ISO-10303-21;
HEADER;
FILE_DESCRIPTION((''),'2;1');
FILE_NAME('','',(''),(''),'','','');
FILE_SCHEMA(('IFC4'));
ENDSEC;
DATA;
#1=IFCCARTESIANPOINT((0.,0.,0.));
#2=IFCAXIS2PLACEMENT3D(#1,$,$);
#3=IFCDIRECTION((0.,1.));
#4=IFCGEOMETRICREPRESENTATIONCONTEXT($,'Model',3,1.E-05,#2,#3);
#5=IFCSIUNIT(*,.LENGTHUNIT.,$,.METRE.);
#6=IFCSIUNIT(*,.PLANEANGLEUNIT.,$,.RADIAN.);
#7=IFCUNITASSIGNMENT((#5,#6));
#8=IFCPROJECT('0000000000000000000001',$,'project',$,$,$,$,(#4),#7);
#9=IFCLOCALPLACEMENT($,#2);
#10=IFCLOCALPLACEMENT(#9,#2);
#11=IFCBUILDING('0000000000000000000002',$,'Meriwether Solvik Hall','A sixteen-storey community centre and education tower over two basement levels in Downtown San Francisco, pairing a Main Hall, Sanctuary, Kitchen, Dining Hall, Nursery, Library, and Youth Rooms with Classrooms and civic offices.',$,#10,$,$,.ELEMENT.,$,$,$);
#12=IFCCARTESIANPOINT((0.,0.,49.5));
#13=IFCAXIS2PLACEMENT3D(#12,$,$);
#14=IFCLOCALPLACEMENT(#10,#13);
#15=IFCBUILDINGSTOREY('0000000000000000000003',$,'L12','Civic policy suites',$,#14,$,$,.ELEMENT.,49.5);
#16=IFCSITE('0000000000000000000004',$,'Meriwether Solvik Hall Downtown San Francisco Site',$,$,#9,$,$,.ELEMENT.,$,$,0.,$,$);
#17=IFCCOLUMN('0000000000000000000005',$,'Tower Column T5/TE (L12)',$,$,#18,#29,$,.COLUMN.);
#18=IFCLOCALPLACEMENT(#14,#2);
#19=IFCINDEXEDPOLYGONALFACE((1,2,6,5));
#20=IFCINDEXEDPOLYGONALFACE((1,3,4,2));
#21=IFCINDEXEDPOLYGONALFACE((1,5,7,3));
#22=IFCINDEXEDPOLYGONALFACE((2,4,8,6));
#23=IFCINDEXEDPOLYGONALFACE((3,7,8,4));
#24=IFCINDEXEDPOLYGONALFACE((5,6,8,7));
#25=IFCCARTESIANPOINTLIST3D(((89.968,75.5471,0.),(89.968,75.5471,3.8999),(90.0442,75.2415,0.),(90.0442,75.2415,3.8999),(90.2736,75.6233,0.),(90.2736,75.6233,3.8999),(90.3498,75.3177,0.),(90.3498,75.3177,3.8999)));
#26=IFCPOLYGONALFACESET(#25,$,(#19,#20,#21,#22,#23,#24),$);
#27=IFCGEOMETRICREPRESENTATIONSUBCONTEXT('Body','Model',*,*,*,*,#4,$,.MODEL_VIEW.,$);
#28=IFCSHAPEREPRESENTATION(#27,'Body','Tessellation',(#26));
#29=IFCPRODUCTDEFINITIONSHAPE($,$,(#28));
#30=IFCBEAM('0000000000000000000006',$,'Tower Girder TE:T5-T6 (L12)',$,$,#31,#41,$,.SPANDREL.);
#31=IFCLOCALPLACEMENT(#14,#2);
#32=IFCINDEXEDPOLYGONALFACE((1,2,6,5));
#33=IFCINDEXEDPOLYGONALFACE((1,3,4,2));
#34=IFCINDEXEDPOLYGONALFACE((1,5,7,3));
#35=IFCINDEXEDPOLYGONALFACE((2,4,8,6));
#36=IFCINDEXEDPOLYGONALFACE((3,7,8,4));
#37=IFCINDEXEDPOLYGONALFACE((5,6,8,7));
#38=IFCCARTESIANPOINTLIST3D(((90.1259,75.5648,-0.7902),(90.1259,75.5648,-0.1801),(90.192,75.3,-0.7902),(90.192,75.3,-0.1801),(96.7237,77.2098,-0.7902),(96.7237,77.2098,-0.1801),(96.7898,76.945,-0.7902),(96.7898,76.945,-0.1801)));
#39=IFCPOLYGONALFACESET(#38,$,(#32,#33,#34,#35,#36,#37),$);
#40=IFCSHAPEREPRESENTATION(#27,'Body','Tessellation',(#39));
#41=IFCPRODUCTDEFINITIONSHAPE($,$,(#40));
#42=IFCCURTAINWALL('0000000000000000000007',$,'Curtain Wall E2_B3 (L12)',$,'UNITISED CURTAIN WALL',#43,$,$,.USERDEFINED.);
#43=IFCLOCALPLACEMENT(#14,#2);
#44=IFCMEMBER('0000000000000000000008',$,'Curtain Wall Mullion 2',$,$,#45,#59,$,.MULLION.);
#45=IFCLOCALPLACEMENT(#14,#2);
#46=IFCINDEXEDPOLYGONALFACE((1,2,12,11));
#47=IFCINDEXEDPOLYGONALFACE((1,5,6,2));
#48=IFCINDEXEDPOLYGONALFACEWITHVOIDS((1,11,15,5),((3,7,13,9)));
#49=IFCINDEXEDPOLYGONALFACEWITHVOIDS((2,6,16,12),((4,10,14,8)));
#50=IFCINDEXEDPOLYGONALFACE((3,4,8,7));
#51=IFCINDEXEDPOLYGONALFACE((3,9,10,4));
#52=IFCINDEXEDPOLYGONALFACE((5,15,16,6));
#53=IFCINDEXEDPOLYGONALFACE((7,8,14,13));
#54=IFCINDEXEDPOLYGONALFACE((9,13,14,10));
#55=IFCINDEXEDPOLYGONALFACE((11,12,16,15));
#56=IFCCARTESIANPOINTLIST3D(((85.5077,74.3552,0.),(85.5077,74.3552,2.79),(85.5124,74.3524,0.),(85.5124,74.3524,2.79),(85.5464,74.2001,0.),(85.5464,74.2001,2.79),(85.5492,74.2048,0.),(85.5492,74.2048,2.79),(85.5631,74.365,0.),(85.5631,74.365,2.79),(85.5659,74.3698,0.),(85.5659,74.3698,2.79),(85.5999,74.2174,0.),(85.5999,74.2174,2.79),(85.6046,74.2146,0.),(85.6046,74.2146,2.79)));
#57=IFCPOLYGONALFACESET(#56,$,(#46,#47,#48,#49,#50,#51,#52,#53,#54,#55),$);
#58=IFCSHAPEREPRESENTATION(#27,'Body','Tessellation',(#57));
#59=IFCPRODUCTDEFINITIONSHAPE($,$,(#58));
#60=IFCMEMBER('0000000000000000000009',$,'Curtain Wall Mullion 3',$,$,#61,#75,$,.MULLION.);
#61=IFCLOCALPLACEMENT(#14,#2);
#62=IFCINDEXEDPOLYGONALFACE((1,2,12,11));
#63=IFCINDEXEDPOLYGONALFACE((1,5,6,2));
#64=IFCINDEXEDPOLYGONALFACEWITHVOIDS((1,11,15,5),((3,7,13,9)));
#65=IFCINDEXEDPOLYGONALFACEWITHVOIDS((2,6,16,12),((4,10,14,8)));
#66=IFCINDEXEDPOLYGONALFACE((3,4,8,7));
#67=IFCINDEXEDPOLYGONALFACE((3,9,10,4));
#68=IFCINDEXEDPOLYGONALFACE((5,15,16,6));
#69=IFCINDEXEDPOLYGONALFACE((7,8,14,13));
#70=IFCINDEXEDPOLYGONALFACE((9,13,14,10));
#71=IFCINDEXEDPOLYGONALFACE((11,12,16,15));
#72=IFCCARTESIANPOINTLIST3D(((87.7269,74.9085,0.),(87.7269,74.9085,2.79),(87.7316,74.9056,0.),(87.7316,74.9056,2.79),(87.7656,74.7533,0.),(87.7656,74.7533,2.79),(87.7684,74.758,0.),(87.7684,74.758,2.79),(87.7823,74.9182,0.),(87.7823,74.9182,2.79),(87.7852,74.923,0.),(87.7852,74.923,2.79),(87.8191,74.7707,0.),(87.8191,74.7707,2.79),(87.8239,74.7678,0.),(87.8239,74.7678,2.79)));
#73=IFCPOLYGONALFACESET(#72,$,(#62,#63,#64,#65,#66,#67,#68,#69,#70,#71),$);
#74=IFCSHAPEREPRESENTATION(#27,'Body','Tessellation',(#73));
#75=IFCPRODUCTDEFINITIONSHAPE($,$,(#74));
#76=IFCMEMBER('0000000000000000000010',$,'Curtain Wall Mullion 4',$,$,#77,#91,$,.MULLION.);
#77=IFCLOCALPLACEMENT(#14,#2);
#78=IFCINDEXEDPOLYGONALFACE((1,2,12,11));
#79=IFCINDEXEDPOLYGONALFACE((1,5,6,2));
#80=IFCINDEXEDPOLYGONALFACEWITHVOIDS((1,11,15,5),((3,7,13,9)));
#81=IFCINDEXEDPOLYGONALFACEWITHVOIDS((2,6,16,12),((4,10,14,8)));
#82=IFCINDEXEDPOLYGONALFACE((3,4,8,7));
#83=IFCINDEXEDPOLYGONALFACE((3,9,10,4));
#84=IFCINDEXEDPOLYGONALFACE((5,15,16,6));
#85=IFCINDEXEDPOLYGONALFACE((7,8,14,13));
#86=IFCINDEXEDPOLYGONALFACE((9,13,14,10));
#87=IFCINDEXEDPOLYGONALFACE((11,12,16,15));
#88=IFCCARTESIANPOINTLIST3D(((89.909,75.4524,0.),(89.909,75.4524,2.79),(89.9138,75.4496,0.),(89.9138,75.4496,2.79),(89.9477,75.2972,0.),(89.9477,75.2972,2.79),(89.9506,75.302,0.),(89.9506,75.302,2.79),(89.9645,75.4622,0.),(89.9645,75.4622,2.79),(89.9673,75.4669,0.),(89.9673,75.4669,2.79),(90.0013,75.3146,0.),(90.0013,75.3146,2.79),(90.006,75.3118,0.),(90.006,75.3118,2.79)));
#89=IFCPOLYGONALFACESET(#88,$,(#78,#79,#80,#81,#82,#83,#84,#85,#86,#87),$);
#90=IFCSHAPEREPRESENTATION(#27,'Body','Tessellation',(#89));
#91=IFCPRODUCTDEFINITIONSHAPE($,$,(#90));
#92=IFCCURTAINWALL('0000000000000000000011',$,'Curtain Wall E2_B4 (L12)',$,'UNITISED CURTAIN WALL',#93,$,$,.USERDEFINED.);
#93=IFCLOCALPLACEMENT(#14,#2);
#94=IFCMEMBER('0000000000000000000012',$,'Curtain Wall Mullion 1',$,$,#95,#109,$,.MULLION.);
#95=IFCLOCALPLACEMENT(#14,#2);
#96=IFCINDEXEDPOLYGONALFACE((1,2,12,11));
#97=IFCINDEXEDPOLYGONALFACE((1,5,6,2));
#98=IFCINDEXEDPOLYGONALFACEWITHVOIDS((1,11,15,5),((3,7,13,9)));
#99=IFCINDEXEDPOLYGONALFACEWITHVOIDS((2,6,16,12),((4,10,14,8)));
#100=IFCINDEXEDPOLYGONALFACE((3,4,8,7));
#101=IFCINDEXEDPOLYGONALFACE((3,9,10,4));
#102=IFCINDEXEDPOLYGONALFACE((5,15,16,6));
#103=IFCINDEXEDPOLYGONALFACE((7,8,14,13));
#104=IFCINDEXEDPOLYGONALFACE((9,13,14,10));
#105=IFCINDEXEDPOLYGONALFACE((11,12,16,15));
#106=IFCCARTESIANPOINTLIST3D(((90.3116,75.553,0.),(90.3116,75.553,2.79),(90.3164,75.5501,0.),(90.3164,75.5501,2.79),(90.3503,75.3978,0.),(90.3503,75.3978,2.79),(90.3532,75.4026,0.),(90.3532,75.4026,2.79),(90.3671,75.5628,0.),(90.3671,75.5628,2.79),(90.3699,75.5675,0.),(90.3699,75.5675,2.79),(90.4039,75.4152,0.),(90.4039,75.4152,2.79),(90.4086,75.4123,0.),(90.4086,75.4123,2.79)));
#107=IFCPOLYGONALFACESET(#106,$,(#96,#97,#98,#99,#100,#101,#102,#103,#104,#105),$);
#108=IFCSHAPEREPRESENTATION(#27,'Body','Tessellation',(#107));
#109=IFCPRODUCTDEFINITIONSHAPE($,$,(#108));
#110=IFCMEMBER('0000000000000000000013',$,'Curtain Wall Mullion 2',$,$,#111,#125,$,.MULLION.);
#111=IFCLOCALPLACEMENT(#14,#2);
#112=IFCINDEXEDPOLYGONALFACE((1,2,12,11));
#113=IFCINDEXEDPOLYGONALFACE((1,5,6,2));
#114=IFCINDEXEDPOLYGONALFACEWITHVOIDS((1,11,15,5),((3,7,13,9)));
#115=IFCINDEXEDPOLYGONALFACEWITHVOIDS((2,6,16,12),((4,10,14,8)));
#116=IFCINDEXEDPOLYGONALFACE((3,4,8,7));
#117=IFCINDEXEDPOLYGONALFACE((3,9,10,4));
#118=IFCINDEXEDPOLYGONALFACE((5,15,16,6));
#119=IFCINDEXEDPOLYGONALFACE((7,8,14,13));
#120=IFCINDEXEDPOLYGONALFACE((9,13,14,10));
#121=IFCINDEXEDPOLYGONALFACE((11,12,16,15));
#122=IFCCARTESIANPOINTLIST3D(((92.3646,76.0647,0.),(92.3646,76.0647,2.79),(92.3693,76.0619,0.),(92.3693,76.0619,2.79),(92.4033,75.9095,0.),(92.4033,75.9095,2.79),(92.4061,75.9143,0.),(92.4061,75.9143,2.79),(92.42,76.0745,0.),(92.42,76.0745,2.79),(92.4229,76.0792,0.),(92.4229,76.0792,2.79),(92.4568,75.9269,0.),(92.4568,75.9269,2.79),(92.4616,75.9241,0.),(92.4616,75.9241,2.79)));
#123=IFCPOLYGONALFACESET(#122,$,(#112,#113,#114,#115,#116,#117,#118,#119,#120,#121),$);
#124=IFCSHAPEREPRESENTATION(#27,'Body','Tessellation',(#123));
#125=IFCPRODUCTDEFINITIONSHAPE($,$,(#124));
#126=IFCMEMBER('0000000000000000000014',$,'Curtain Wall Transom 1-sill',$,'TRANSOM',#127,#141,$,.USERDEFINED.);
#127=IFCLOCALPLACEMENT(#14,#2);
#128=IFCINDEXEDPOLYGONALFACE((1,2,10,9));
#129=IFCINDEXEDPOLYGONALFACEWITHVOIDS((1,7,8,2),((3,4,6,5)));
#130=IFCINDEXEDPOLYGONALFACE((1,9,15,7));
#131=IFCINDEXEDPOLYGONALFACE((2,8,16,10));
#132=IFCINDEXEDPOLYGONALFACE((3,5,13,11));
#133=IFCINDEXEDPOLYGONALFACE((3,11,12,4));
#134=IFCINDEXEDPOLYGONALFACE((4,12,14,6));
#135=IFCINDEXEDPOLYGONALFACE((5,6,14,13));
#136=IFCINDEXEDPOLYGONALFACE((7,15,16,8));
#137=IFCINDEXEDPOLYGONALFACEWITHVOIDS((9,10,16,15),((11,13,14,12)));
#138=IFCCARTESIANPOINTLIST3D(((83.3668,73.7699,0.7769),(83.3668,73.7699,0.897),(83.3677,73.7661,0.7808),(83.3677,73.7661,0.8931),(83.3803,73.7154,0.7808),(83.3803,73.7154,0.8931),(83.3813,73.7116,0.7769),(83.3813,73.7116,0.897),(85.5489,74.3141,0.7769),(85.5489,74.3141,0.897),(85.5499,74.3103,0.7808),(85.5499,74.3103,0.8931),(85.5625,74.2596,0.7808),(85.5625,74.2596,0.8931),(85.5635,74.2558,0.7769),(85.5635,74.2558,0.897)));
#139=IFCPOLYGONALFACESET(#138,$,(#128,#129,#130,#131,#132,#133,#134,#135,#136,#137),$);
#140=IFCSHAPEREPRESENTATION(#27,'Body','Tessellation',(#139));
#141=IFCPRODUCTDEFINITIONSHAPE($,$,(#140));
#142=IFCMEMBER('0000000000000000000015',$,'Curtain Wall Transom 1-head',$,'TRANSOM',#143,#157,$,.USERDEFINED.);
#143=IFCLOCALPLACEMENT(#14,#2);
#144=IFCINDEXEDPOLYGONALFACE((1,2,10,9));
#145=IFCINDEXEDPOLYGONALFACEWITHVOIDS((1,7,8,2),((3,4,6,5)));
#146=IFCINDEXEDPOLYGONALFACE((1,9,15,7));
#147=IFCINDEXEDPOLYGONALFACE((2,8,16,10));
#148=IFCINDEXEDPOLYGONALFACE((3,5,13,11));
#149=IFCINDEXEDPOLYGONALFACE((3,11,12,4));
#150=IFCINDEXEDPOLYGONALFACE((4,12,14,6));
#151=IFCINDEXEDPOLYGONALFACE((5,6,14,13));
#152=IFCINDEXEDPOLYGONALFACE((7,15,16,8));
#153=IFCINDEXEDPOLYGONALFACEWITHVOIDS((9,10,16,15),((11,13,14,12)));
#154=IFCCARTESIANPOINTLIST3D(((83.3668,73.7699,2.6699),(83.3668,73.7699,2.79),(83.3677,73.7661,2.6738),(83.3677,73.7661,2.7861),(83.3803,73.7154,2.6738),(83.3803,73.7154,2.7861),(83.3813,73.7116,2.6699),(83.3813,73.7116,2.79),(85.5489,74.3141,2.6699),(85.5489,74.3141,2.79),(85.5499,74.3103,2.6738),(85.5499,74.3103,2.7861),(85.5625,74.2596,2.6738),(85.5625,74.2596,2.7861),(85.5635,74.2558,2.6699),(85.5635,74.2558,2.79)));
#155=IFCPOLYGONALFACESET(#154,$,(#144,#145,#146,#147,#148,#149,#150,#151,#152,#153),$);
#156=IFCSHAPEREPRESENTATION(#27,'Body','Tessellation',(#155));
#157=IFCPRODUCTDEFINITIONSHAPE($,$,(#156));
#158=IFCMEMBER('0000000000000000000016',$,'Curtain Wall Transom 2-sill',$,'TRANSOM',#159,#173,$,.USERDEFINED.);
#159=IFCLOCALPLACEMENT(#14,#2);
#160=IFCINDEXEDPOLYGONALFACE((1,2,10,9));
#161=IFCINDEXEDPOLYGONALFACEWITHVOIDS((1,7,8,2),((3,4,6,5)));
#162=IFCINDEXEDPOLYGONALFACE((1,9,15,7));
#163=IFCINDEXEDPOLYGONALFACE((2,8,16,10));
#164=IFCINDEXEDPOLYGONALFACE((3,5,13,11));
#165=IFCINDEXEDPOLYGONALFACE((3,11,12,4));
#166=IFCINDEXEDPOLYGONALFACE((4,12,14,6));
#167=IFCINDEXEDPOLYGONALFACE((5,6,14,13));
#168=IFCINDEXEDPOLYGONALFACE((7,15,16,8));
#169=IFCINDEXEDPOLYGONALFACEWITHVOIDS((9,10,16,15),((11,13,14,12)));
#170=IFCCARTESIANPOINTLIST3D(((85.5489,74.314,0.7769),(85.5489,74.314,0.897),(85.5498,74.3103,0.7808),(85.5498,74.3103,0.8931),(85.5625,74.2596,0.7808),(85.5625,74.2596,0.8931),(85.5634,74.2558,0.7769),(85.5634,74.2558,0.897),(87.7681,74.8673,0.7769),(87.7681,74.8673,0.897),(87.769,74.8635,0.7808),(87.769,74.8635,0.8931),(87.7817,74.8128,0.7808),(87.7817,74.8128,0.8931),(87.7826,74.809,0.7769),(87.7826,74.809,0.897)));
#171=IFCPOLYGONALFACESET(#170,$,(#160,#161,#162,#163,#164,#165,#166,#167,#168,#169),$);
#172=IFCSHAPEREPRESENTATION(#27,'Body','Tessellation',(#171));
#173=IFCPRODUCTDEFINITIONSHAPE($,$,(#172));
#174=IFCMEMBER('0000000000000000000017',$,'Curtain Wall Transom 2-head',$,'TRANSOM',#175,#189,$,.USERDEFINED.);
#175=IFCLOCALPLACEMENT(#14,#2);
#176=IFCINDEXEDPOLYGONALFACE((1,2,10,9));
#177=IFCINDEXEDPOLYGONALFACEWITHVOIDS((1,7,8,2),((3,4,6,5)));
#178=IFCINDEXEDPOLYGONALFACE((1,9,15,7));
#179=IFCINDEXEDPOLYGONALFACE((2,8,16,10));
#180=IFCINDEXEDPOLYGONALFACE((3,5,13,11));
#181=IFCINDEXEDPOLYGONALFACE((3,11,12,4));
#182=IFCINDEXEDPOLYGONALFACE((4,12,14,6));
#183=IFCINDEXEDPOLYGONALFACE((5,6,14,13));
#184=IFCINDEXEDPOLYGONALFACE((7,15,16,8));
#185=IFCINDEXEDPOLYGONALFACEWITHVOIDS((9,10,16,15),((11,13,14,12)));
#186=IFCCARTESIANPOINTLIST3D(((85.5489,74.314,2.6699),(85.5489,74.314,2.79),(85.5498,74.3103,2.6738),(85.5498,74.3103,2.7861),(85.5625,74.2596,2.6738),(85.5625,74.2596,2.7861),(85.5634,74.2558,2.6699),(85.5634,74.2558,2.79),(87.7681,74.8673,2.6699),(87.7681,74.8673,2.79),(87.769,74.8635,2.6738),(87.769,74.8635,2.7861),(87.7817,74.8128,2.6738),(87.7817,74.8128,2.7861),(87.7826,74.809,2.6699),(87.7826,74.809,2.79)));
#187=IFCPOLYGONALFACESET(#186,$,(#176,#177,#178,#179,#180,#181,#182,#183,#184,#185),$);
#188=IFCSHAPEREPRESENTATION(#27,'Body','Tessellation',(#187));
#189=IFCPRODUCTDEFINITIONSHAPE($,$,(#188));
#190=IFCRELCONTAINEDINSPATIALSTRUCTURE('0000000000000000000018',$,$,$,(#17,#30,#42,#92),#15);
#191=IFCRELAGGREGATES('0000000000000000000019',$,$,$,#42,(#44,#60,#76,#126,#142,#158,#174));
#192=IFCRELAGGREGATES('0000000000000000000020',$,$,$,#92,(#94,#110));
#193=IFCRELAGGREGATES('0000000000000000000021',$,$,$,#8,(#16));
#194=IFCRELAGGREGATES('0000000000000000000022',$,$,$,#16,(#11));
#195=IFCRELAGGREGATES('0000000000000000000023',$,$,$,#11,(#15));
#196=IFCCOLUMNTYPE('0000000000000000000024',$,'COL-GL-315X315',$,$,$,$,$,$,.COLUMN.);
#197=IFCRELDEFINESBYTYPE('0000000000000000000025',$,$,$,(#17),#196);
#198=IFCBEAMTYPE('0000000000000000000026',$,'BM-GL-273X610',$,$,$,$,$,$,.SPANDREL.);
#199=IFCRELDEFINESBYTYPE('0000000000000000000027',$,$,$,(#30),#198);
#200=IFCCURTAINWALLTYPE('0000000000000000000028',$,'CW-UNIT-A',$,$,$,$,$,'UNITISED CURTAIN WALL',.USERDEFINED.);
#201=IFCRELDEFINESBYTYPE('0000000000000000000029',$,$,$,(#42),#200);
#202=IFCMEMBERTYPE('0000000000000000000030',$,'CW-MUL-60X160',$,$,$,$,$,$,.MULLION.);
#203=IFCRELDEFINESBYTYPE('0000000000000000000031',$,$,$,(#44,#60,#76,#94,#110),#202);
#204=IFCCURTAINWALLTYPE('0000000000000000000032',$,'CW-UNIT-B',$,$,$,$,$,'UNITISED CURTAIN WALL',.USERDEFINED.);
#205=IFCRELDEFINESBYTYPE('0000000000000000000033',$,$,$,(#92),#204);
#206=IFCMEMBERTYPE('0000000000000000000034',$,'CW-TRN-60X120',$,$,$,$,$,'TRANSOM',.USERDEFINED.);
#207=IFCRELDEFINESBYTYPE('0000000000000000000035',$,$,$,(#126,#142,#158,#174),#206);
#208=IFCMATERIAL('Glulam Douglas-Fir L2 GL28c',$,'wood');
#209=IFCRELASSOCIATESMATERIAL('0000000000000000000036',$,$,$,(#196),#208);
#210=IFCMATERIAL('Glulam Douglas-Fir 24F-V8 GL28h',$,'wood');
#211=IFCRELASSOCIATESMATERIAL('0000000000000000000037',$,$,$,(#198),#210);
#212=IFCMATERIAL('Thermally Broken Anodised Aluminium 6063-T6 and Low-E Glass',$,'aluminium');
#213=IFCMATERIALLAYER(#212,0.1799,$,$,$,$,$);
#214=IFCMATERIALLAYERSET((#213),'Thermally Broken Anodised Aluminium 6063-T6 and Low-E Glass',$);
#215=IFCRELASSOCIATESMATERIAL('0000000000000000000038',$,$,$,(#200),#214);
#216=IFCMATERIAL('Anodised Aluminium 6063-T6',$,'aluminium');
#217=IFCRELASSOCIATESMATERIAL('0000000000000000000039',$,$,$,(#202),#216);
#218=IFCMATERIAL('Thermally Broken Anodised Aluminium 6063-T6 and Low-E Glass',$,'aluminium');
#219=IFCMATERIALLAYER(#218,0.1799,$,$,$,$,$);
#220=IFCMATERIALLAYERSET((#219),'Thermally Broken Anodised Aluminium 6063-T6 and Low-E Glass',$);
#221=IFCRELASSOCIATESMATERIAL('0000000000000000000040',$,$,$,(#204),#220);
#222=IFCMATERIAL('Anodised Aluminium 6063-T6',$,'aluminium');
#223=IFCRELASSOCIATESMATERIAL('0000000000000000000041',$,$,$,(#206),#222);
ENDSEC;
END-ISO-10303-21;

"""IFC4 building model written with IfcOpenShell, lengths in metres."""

from ifc_helpers import new_model, si_unit, direction, frame, origin, origin_2d, place, context, subcontext, project, spatial, rectangle, hollow_rectangle, extrude, material, layer, layer_set, material_profile, profile_set, type_object, element, aggregate, save


model = new_model("IFC4")

# Units and contexts
model_context = context("Model", 3, precision=1e-05, world=origin(), true_north=direction((0.0, 1.0)))
body_context = subcontext(model_context, "Body", "Model", "MODEL_VIEW")
ifc_project = project(units=[si_unit("LENGTHUNIT", "METRE"), si_unit("PLANEANGLEUNIT", "RADIAN")], contexts=[model_context])

# Site, building, storey
site_placement = place(None, origin())
site = spatial("IfcSite", under=ifc_project, at=site_placement, Name="Meriwether Solvik Hall Downtown San Francisco Site", CompositionType="ELEMENT", RefElevation=0.0)
building_placement = place(site_placement, origin())
building = spatial("IfcBuilding", under=site, at=building_placement, Name="Meriwether Solvik Hall", Description="A sixteen-storey community centre and education tower over two basement levels in Downtown San Francisco, pairing a Main Hall, Sanctuary, Kitchen, Dining Hall, Nursery, Library, and Youth Rooms with Classrooms and civic offices.", CompositionType="ELEMENT")
storey_placement = place(building_placement, frame((0.0, 0.0, 49.5)))
storey = spatial("IfcBuildingStorey", under=building, at=storey_placement, Name="L12", Description="Civic policy suites", CompositionType="ELEMENT", Elevation=49.5)

# Column
ifc_material_1 = material(Name="Glulam Douglas-Fir L2 GL28c", Category="wood")
ifc_material_profile_1 = material_profile(ifc_material_1, rectangle(XDim=0.3149, YDim=0.3149, at=origin_2d()), Name="GLC-315X315")
ifc_profile_set_1 = profile_set([ifc_material_profile_1], Name="Glulam Douglas-Fir L2 GL28c")
column_type = type_object("IfcColumnType", Name="COL-GL-315X315", PredefinedType="COLUMN", material=ifc_profile_set_1)
column_placement = place(storey_placement, frame((90.1589, 75.4324, 0.0), z_axis=(0.0, 0.0, 1.0), x_axis=(0.970296, 0.241922, 0.0)))
element("IfcColumn", 1, at=column_placement, inside=storey, type_object=column_type, Name="Tower Column T5/TE (L12)", PredefinedType="COLUMN", context=body_context, shape_type="SweptSolid", body=[
    extrude(rectangle(XDim=0.3149, YDim=0.3149, at=origin_2d()), origin(), (0.0, 0.0, 1.0), 3.8999),
])

# Beam
ifc_material_2 = material(Name="Glulam Douglas-Fir 24F-V8 GL28h", Category="wood")
ifc_material_profile_2 = material_profile(ifc_material_2, rectangle(XDim=0.2729, YDim=0.6101, at=origin_2d()), Name="GLB-273X610")
ifc_profile_set_2 = profile_set([ifc_material_profile_2], Name="Glulam Douglas-Fir 24F-V8 GL28h")
beam_type_1 = type_object("IfcBeamType", Name="BM-GL-273X610", PredefinedType="SPANDREL", material=ifc_profile_set_2)
beam_1_placement = place(storey_placement, frame((90.1589, 75.4324, -0.4851), z_axis=(0.970296, 0.241919, 0.0), x_axis=(-0.241919, 0.970296, 0.0)))
element("IfcBeam", 2, at=beam_1_placement, inside=storey, type_object=beam_type_1, Name="Tower Girder TE:T5-T6 (L12)", PredefinedType="SPANDREL", context=body_context, shape_type="SweptSolid", body=[
    extrude(rectangle(XDim=0.2729, YDim=0.6101, at=origin_2d()), origin(), (0.0, 0.0, 1.0), 6.7998),
])

# Curtain walls, members
ifc_material_3 = material(Name="Thermally Broken Anodised Aluminium 6063-T6 and Low-E Glass", Category="aluminium")
ifc_layer_1 = layer(ifc_material_3, 0.1799)
ifc_layer_set_1 = layer_set([ifc_layer_1], Name="Thermally Broken Anodised Aluminium 6063-T6 and Low-E Glass")
curtain_wall_type_1 = type_object("IfcCurtainWallType", Name="CW-UNIT-A", ElementType="UNITISED CURTAIN WALL", PredefinedType="USERDEFINED", material=ifc_layer_set_1)
curtain_wall_1_placement = place(storey_placement, origin())
curtain_wall_1 = element("IfcCurtainWall", 3, at=curtain_wall_1_placement, inside=storey, type_object=curtain_wall_type_1, Name="Curtain Wall E2_B3 (L12)", ObjectType="UNITISED CURTAIN WALL", PredefinedType="USERDEFINED")
ifc_material_4 = material(Name="Anodised Aluminium 6063-T6", Category="aluminium")
ifc_material_profile_3 = material_profile(ifc_material_4, hollow_rectangle(XDim=0.0601, YDim=0.1599, WallThickness=0.0039, at=origin_2d()), Name="CWM-60X160")
ifc_profile_set_3 = profile_set([ifc_material_profile_3], Name="Anodised Aluminium 6063-T6")
member_type_1 = type_object("IfcMemberType", Name="CW-MUL-60X160", PredefinedType="MULLION", material=ifc_profile_set_3)
member_1_placement = place(storey_placement, frame((85.5562, 74.2849, 0.0), z_axis=(0.0, 0.0, 1.0), x_axis=(0.970296, 0.241922, 0.0)))
member_1 = element("IfcMember", 4, at=member_1_placement, type_object=member_type_1, Name="Curtain Wall Mullion 2", PredefinedType="MULLION", context=body_context, shape_type="SweptSolid", body=[
    extrude(hollow_rectangle(XDim=0.0601, YDim=0.1599, WallThickness=0.0039, at=origin_2d()), origin(), (0.0, 0.0, 1.0), 2.79),
])
member_2_placement = place(storey_placement, frame((87.7754, 74.8381, 0.0), z_axis=(0.0, 0.0, 1.0), x_axis=(0.970296, 0.241922, 0.0)))
member_2 = element("IfcMember", 5, at=member_2_placement, type_object=member_type_1, Name="Curtain Wall Mullion 3", PredefinedType="MULLION", context=body_context, shape_type="SweptSolid", body=[
    extrude(hollow_rectangle(XDim=0.0601, YDim=0.1599, WallThickness=0.0039, at=origin_2d()), origin(), (0.0, 0.0, 1.0), 2.79),
])
member_3_placement = place(storey_placement, frame((89.9575, 75.3821, 0.0), z_axis=(0.0, 0.0, 1.0), x_axis=(0.970296, 0.241922, 0.0)))
member_3 = element("IfcMember", 6, at=member_3_placement, type_object=member_type_1, Name="Curtain Wall Mullion 4", PredefinedType="MULLION", context=body_context, shape_type="SweptSolid", body=[
    extrude(hollow_rectangle(XDim=0.0601, YDim=0.1599, WallThickness=0.0039, at=origin_2d()), origin(), (0.0, 0.0, 1.0), 2.79),
])
ifc_material_5 = material(Name="Thermally Broken Anodised Aluminium 6063-T6 and Low-E Glass", Category="aluminium")
ifc_layer_2 = layer(ifc_material_5, 0.1799)
ifc_layer_set_2 = layer_set([ifc_layer_2], Name="Thermally Broken Anodised Aluminium 6063-T6 and Low-E Glass")
curtain_wall_type_2 = type_object("IfcCurtainWallType", Name="CW-UNIT-B", ElementType="UNITISED CURTAIN WALL", PredefinedType="USERDEFINED", material=ifc_layer_set_2)
curtain_wall_2_placement = place(storey_placement, origin())
curtain_wall_2 = element("IfcCurtainWall", 7, at=curtain_wall_2_placement, inside=storey, type_object=curtain_wall_type_2, Name="Curtain Wall E2_B4 (L12)", ObjectType="UNITISED CURTAIN WALL", PredefinedType="USERDEFINED")
member_4_placement = place(storey_placement, frame((90.3601, 75.4827, 0.0), z_axis=(0.0, 0.0, 1.0), x_axis=(0.970296, 0.241922, 0.0)))
member_4 = element("IfcMember", 8, at=member_4_placement, type_object=member_type_1, Name="Curtain Wall Mullion 1", PredefinedType="MULLION", context=body_context, shape_type="SweptSolid", body=[
    extrude(hollow_rectangle(XDim=0.0601, YDim=0.1599, WallThickness=0.0039, at=origin_2d()), origin(), (0.0, 0.0, 1.0), 2.79),
])
member_5_placement = place(storey_placement, frame((92.4131, 75.9944, 0.0), z_axis=(0.0, 0.0, 1.0), x_axis=(0.970296, 0.241922, 0.0)))
member_5 = element("IfcMember", 9, at=member_5_placement, type_object=member_type_1, Name="Curtain Wall Mullion 2", PredefinedType="MULLION", context=body_context, shape_type="SweptSolid", body=[
    extrude(hollow_rectangle(XDim=0.0601, YDim=0.1599, WallThickness=0.0039, at=origin_2d()), origin(), (0.0, 0.0, 1.0), 2.79),
])

# Members
ifc_material_6 = material(Name="Anodised Aluminium 6063-T6", Category="aluminium")
ifc_material_profile_4 = material_profile(ifc_material_6, hollow_rectangle(XDim=0.0601, YDim=0.1201, WallThickness=0.0039, at=origin_2d()), Name="CWT-60X120")
ifc_profile_set_4 = profile_set([ifc_material_profile_4], Name="Anodised Aluminium 6063-T6")
member_type_2 = type_object("IfcMemberType", Name="CW-TRN-60X120", ElementType="TRANSOM", PredefinedType="USERDEFINED", material=ifc_profile_set_4)
member_6_placement = place(storey_placement, frame((83.374, 73.7407, 0.8369), z_axis=(0.970283, 0.241974, 0.0), x_axis=(-0.241974, 0.970283, 0.0)))
member_6 = element("IfcMember", 10, at=member_6_placement, type_object=member_type_2, Name="Curtain Wall Transom 1-sill", ObjectType="TRANSOM", PredefinedType="USERDEFINED", context=body_context, shape_type="SweptSolid", body=[
    extrude(hollow_rectangle(XDim=0.0601, YDim=0.1201, WallThickness=0.0039, at=origin_2d()), origin(), (0.0, 0.0, 1.0), 2.249),
])
member_7_placement = place(storey_placement, frame((83.374, 73.7407, 2.73), z_axis=(0.970283, 0.241974, 0.0), x_axis=(-0.241974, 0.970283, 0.0)))
member_7 = element("IfcMember", 11, at=member_7_placement, type_object=member_type_2, Name="Curtain Wall Transom 1-head", ObjectType="TRANSOM", PredefinedType="USERDEFINED", context=body_context, shape_type="SweptSolid", body=[
    extrude(hollow_rectangle(XDim=0.0601, YDim=0.1201, WallThickness=0.0039, at=origin_2d()), origin(), (0.0, 0.0, 1.0), 2.249),
])
member_8_placement = place(storey_placement, frame((85.5562, 74.2849, 0.8369), z_axis=(0.970306, 0.241883, 0.0), x_axis=(-0.241883, 0.970306, 0.0)))
member_8 = element("IfcMember", 12, at=member_8_placement, type_object=member_type_2, Name="Curtain Wall Transom 2-sill", ObjectType="TRANSOM", PredefinedType="USERDEFINED", context=body_context, shape_type="SweptSolid", body=[
    extrude(hollow_rectangle(XDim=0.0601, YDim=0.1201, WallThickness=0.0039, at=origin_2d()), origin(), (0.0, 0.0, 1.0), 2.2871),
])
member_9_placement = place(storey_placement, frame((85.5562, 74.2849, 2.73), z_axis=(0.970306, 0.241883, 0.0), x_axis=(-0.241883, 0.970306, 0.0)))
member_9 = element("IfcMember", 13, at=member_9_placement, type_object=member_type_2, Name="Curtain Wall Transom 2-head", ObjectType="TRANSOM", PredefinedType="USERDEFINED", context=body_context, shape_type="SweptSolid", body=[
    extrude(hollow_rectangle(XDim=0.0601, YDim=0.1201, WallThickness=0.0039, at=origin_2d()), origin(), (0.0, 0.0, 1.0), 2.2871),
])

aggregate(curtain_wall_1, [member_1, member_2, member_3, member_6, member_7, member_8, member_9])
aggregate(curtain_wall_2, [member_4, member_5])

save(model, "model.ifc")
